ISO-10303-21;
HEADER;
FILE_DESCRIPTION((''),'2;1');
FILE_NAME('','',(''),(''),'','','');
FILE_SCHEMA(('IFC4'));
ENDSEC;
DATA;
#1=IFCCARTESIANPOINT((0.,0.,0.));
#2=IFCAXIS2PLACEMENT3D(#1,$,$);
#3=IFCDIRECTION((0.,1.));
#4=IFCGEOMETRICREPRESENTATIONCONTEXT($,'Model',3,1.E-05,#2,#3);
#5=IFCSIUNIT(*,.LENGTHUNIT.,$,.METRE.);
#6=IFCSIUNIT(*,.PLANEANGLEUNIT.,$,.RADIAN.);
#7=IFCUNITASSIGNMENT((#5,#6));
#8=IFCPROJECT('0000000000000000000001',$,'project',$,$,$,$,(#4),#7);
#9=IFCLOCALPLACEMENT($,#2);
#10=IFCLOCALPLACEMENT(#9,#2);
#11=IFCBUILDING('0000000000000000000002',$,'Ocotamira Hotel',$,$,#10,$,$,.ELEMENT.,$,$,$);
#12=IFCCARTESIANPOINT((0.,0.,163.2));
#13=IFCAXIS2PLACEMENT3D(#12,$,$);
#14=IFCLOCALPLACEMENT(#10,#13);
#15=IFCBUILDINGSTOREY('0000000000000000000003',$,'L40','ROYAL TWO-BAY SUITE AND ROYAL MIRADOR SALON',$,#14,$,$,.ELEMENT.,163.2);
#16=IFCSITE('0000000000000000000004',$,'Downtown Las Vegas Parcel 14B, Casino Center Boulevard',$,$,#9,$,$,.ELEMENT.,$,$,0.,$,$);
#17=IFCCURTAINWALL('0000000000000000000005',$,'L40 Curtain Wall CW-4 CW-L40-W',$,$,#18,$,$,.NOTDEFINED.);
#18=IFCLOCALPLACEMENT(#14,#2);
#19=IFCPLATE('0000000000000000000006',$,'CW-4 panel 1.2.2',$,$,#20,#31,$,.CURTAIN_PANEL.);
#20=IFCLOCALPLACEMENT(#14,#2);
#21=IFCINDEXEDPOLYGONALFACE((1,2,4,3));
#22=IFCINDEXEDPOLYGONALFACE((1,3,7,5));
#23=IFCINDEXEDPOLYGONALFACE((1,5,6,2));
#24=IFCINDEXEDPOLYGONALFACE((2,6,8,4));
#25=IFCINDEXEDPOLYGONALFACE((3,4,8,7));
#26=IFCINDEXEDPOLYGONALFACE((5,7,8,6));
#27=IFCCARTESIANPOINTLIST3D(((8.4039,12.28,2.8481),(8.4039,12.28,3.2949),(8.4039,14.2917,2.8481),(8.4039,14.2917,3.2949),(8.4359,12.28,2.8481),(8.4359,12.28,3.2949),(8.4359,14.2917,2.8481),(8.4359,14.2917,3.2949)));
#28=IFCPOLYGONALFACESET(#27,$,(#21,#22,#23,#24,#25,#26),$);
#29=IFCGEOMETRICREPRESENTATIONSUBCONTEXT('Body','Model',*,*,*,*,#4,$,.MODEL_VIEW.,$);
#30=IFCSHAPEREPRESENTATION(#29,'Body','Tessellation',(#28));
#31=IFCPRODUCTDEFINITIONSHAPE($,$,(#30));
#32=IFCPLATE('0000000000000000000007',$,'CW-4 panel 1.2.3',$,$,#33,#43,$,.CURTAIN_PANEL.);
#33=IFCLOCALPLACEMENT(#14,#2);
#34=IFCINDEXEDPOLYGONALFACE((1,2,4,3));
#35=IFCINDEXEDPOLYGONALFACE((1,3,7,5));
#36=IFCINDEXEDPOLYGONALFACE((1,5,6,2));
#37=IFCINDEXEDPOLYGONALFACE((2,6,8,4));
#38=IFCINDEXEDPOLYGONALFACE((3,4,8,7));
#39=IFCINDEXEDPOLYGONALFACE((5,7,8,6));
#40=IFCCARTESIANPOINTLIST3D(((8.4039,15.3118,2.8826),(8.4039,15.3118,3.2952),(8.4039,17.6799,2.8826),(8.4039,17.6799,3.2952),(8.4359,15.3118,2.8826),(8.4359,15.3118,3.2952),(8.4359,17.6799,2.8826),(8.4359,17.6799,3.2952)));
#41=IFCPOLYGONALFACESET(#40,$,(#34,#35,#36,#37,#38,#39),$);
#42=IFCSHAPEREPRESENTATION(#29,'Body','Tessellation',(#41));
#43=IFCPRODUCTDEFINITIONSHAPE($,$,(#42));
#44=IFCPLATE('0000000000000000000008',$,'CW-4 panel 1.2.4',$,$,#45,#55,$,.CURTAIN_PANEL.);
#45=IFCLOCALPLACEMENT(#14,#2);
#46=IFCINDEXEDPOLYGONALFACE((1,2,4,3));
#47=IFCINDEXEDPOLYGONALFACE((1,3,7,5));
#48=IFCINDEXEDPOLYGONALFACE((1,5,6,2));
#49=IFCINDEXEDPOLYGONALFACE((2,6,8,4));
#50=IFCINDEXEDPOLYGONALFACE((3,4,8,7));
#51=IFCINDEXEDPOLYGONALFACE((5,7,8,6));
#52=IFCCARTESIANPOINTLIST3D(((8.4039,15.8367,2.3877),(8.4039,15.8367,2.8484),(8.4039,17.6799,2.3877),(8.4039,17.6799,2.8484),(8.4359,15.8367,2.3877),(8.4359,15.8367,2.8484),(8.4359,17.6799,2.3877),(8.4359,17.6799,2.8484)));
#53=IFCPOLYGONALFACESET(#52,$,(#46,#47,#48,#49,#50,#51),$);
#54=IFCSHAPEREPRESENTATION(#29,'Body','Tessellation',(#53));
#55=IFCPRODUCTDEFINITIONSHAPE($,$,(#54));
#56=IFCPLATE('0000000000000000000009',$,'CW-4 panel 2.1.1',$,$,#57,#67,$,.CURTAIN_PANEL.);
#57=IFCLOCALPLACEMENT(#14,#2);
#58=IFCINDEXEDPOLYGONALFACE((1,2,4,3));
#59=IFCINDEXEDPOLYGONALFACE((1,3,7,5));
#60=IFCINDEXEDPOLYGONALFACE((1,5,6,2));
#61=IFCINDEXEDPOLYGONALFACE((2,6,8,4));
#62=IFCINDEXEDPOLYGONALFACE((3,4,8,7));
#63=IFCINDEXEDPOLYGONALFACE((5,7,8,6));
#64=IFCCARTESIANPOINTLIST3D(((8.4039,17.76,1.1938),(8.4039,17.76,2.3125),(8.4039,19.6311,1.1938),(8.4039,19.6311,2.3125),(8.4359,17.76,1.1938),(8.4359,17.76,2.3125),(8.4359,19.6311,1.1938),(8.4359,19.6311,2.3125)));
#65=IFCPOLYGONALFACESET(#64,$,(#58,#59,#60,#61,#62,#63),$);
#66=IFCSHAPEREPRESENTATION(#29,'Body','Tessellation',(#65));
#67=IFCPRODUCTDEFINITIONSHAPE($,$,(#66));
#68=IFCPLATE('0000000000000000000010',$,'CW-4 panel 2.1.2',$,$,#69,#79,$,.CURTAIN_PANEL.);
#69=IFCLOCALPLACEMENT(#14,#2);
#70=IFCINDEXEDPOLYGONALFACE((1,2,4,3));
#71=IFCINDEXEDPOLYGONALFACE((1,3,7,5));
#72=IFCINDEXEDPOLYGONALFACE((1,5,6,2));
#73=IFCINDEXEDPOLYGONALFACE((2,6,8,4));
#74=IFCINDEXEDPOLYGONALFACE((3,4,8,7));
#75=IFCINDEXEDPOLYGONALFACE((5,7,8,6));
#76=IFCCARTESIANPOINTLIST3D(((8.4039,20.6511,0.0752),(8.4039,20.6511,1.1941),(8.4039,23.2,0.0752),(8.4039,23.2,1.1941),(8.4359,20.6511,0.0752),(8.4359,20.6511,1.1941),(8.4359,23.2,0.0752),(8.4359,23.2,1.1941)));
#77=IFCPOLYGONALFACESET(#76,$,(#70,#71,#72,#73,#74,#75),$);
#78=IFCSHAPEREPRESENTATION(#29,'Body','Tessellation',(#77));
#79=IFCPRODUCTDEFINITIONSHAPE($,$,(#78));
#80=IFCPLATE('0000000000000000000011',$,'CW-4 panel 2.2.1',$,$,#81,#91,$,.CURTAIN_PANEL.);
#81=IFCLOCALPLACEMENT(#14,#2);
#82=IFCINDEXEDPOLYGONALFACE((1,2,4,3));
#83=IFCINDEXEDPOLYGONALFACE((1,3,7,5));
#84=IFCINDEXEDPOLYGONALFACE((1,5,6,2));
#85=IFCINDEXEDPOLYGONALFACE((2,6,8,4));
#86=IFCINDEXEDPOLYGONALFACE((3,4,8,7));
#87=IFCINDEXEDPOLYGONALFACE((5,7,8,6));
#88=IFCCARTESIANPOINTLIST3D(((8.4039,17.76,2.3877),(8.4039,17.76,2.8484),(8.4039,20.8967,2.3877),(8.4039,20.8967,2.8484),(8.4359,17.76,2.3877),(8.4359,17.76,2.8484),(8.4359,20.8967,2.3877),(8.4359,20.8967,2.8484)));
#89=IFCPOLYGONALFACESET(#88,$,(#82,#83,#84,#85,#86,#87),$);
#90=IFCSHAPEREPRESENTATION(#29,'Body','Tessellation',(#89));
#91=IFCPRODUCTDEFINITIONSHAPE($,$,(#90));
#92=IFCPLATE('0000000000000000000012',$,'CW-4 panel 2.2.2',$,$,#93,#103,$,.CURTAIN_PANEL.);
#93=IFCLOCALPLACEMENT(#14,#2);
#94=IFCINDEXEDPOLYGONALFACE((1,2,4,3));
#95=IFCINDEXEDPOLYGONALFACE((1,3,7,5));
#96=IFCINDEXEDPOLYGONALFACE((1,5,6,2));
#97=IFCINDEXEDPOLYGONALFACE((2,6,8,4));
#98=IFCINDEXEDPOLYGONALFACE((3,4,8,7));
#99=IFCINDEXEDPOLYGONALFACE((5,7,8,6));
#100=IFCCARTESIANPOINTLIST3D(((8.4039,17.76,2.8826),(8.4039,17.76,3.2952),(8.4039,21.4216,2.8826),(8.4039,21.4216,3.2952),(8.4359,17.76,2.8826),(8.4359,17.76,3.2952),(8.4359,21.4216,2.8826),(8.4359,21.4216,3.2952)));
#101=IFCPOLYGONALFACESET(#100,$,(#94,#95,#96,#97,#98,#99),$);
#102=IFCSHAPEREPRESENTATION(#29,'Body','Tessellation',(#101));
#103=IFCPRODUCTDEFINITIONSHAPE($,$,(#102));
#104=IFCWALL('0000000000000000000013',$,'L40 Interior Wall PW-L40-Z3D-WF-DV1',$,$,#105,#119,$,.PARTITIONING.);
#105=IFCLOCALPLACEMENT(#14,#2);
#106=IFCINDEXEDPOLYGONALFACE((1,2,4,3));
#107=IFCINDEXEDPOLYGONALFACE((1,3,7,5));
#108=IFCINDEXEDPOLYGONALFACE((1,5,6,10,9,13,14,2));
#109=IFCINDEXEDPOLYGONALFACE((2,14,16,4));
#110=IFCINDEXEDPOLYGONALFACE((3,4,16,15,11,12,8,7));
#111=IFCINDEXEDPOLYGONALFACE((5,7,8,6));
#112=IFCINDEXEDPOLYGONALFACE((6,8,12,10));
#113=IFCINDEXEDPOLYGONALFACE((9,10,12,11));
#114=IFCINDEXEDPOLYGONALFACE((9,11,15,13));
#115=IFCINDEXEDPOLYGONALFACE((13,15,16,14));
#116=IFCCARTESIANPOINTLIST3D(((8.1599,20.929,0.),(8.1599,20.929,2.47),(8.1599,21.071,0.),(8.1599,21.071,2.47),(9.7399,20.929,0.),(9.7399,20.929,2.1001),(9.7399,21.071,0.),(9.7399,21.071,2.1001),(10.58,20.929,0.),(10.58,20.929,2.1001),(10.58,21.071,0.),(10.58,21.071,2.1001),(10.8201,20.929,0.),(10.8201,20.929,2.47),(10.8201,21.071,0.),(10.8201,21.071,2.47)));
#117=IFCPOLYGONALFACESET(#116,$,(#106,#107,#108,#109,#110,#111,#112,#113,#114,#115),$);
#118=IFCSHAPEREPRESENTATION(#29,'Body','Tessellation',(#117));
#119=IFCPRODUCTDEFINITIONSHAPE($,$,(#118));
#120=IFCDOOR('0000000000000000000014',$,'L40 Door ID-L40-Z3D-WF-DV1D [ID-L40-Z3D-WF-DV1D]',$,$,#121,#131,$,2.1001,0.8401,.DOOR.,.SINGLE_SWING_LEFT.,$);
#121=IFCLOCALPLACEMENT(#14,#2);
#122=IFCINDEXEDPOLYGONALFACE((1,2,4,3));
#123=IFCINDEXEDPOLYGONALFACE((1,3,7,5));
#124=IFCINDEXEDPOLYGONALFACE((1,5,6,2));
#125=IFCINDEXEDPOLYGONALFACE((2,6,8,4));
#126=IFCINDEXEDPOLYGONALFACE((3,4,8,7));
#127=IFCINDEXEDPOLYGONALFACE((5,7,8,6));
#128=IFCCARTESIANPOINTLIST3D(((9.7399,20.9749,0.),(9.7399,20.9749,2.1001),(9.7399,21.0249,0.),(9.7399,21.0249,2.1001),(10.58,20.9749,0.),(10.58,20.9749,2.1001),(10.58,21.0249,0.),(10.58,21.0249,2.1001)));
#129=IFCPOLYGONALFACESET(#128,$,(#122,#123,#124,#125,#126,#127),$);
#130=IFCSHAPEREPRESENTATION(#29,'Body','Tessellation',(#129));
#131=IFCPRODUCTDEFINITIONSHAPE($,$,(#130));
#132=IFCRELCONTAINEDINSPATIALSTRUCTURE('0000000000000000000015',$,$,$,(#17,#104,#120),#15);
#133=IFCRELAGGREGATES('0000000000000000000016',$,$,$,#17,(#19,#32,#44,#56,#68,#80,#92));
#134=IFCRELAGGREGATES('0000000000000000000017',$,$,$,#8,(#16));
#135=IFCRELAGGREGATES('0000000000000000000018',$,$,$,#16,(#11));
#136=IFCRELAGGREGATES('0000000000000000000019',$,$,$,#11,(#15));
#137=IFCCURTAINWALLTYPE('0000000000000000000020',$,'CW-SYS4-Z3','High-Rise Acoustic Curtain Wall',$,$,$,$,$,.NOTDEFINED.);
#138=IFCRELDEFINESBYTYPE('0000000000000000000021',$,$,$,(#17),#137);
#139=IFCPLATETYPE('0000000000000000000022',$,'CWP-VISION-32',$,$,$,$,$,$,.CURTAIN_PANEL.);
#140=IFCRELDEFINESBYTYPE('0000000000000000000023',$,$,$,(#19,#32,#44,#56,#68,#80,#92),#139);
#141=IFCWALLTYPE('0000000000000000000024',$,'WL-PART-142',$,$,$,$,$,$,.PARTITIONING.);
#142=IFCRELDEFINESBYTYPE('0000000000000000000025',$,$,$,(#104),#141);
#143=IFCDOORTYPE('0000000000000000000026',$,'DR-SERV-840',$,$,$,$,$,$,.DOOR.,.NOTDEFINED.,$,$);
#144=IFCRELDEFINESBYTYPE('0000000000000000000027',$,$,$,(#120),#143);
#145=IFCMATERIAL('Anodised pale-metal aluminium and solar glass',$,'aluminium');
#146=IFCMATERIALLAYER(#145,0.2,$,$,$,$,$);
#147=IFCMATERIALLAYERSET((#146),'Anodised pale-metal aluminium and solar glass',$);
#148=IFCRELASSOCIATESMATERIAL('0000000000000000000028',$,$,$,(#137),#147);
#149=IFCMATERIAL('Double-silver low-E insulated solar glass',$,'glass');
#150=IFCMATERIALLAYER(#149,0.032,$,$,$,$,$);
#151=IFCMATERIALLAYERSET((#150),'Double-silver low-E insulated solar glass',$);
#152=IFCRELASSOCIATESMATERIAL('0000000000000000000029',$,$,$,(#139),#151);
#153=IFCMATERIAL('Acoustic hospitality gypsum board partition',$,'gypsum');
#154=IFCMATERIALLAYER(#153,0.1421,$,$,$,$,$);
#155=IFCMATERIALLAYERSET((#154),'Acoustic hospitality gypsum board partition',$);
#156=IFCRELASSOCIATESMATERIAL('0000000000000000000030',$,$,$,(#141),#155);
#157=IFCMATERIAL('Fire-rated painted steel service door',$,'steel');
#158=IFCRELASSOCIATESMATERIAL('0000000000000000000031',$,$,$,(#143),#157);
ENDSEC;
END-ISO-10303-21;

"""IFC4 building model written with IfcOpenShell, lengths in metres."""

from ifc_helpers import new_model, si_unit, direction, frame, frame_2d, origin, origin_2d, place, context, subcontext, project, spatial, rectangle, extrude, source, transform, mapped, material, layer, layer_set, type_object, element, fill, aggregate, save


model = new_model("IFC4")

# Units and contexts
model_context = context("Model", 3, precision=1e-05, world=origin(), true_north=direction((0.0, 1.0)))
body_context = subcontext(model_context, "Body", "Model", "MODEL_VIEW")
ifc_project = project(units=[si_unit("LENGTHUNIT", "METRE"), si_unit("PLANEANGLEUNIT", "RADIAN")], contexts=[model_context])

# Site, building, storey
site_placement = place(None, origin())
site = spatial("IfcSite", under=ifc_project, at=site_placement, Name="Downtown Las Vegas Parcel 14B, Casino Center Boulevard", CompositionType="ELEMENT", RefElevation=0.0)
building_placement = place(site_placement, origin())
building = spatial("IfcBuilding", under=site, at=building_placement, Name="Ocotamira Hotel", CompositionType="ELEMENT")
storey_placement = place(building_placement, frame((0.0, 0.0, 163.2)))
storey = spatial("IfcBuildingStorey", under=building, at=storey_placement, Name="L40", Description="ROYAL TWO-BAY SUITE AND ROYAL MIRADOR SALON", CompositionType="ELEMENT", Elevation=163.2)

# Curtain wall
ifc_material_1 = material(Name="Anodised pale-metal aluminium and solar glass", Category="aluminium")
ifc_layer_1 = layer(ifc_material_1, 0.2)
ifc_layer_set_1 = layer_set([ifc_layer_1], Name="Anodised pale-metal aluminium and solar glass")
curtain_wall_type = type_object("IfcCurtainWallType", Name="CW-SYS4-Z3", Description="High-Rise Acoustic Curtain Wall", PredefinedType="NOTDEFINED", material=ifc_layer_set_1)
curtain_wall_placement = place(storey_placement, origin())
curtain_wall = element("IfcCurtainWall", 1, at=curtain_wall_placement, inside=storey, type_object=curtain_wall_type, Name="L40 Curtain Wall CW-4 CW-L40-W", PredefinedType="NOTDEFINED")

# Plates
ifc_material_2 = material(Name="Double-silver low-E insulated solar glass", Category="glass")
ifc_layer_2 = layer(ifc_material_2, 0.032)
ifc_layer_set_2 = layer_set([ifc_layer_2], Name="Double-silver low-E insulated solar glass")
plate_type_1 = type_object("IfcPlateType", Name="CWP-VISION-32", PredefinedType="CURTAIN_PANEL", material=ifc_layer_set_2)
shared_shape_1 = source(origin(), body_context, "Body", "SweptSolid", [
    extrude(rectangle(XDim=2.0117, YDim=0.032, at=origin_2d()), origin(), (0.0, 0.0, 1.0), 0.4468),
])
plate_1_placement = place(storey_placement, frame((8.4199, 13.2859, 2.8481), z_axis=(0.0, 0.0, 1.0), x_axis=(0.0, 1.0, 0.0)))
plate_1 = element("IfcPlate", 2, at=plate_1_placement, type_object=plate_type_1, Name="CW-4 panel 1.2.2", PredefinedType="CURTAIN_PANEL", context=body_context, shape_type="MappedRepresentation", body=[
    mapped(shared_shape_1, transform((0.0, 0.0, 0.0), scale=1.0)),
])
shared_shape_2 = source(origin(), body_context, "Body", "SweptSolid", [
    extrude(rectangle(XDim=2.3682, YDim=0.032, at=origin_2d()), origin(), (0.0, 0.0, 1.0), 0.4126),
])
plate_2_placement = place(storey_placement, frame((8.4199, 16.4958, 2.8826), z_axis=(0.0, 0.0, 1.0), x_axis=(0.0, 1.0, 0.0)))
plate_2 = element("IfcPlate", 3, at=plate_2_placement, type_object=plate_type_1, Name="CW-4 panel 1.2.3", PredefinedType="CURTAIN_PANEL", context=body_context, shape_type="MappedRepresentation", body=[
    mapped(shared_shape_2, transform((0.0, 0.0, 0.0), scale=1.0)),
])
shared_shape_3 = source(origin(), body_context, "Body", "SweptSolid", [
    extrude(rectangle(XDim=1.8433, YDim=0.032, at=origin_2d()), origin(), (0.0, 0.0, 1.0), 0.4607),
])
plate_3_placement = place(storey_placement, frame((8.4199, 16.7583, 2.3877), z_axis=(0.0, 0.0, 1.0), x_axis=(0.0, 1.0, 0.0)))
plate_3 = element("IfcPlate", 4, at=plate_3_placement, type_object=plate_type_1, Name="CW-4 panel 1.2.4", PredefinedType="CURTAIN_PANEL", context=body_context, shape_type="MappedRepresentation", body=[
    mapped(shared_shape_3, transform((0.0, 0.0, 0.0), scale=1.0)),
])
shared_shape_4 = source(origin(), body_context, "Body", "SweptSolid", [
    extrude(rectangle(XDim=1.8711, YDim=0.032, at=origin_2d()), origin(), (0.0, 0.0, 1.0), 1.1187),
])
plate_4_placement = place(storey_placement, frame((8.4199, 18.6956, 1.1938), z_axis=(0.0, 0.0, 1.0), x_axis=(0.0, 1.0, 0.0)))
plate_4 = element("IfcPlate", 5, at=plate_4_placement, type_object=plate_type_1, Name="CW-4 panel 2.1.1", PredefinedType="CURTAIN_PANEL", context=body_context, shape_type="MappedRepresentation", body=[
    mapped(shared_shape_4, transform((0.0, 0.0, 0.0), scale=1.0)),
])
shared_shape_5 = source(origin(), body_context, "Body", "SweptSolid", [
    extrude(rectangle(XDim=2.5488, YDim=0.032, at=origin_2d()), origin(), (0.0, 0.0, 1.0), 1.1189),
])
plate_5_placement = place(storey_placement, frame((8.4199, 21.9255, 0.0752), z_axis=(0.0, 0.0, 1.0), x_axis=(0.0, 1.0, 0.0)))
plate_5 = element("IfcPlate", 6, at=plate_5_placement, type_object=plate_type_1, Name="CW-4 panel 2.1.2", PredefinedType="CURTAIN_PANEL", context=body_context, shape_type="MappedRepresentation", body=[
    mapped(shared_shape_5, transform((0.0, 0.0, 0.0), scale=1.0)),
])
shared_shape_6 = source(origin(), body_context, "Body", "SweptSolid", [
    extrude(rectangle(XDim=3.1367, YDim=0.032, at=origin_2d()), origin(), (0.0, 0.0, 1.0), 0.4607),
])
plate_6_placement = place(storey_placement, frame((8.4199, 19.3284, 2.3877), z_axis=(0.0, 0.0, 1.0), x_axis=(0.0, 1.0, 0.0)))
plate_6 = element("IfcPlate", 7, at=plate_6_placement, type_object=plate_type_1, Name="CW-4 panel 2.2.1", PredefinedType="CURTAIN_PANEL", context=body_context, shape_type="MappedRepresentation", body=[
    mapped(shared_shape_6, transform((0.0, 0.0, 0.0), scale=1.0)),
])
shared_shape_7 = source(origin(), body_context, "Body", "SweptSolid", [
    extrude(rectangle(XDim=3.6616, YDim=0.032, at=origin_2d()), origin(), (0.0, 0.0, 1.0), 0.4126),
])
plate_7_placement = place(storey_placement, frame((8.4199, 19.5908, 2.8826), z_axis=(0.0, 0.0, 1.0), x_axis=(0.0, 1.0, 0.0)))
plate_7 = element("IfcPlate", 8, at=plate_7_placement, type_object=plate_type_1, Name="CW-4 panel 2.2.2", PredefinedType="CURTAIN_PANEL", context=body_context, shape_type="MappedRepresentation", body=[
    mapped(shared_shape_7, transform((0.0, 0.0, 0.0), scale=1.0)),
])
aggregate(curtain_wall, [plate_1, plate_2, plate_3, plate_4, plate_5, plate_6, plate_7])

# Wall, opening, door
ifc_material_3 = material(Name="Acoustic hospitality gypsum board partition", Category="gypsum")
ifc_layer_3 = layer(ifc_material_3, 0.1421)
ifc_layer_set_3 = layer_set([ifc_layer_3], Name="Acoustic hospitality gypsum board partition")
wall_type_1 = type_object("IfcWallType", Name="WL-PART-142", PredefinedType="PARTITIONING", material=ifc_layer_set_3)
wall_1_placement = place(storey_placement, frame((8.1599, 21.0, 0.0), z_axis=(0.0, 0.0, 1.0), x_axis=(1.0, 0.0, 0.0)))
wall_1 = element("IfcWall", 9, at=wall_1_placement, inside=storey, type_object=wall_type_1, Name="L40 Interior Wall PW-L40-Z3D-WF-DV1", PredefinedType="PARTITIONING", context=body_context, shape_type="SweptSolid", body=[
    extrude(rectangle(XDim=2.6602, YDim=0.1421, at=frame_2d((1.3301, 0.0))), origin(), (0.0, 0.0, 1.0), 2.47),
])
opening_1_placement = place(wall_1_placement, frame((1.5801, 0.0, 0.0)))
opening_1 = element("IfcOpeningElement", 10, at=opening_1_placement, cuts=wall_1, PredefinedType="OPENING", context=body_context, shape_type="SweptSolid", body=[
    extrude(rectangle(XDim=0.8401, YDim=2.1001, at=frame_2d((0.4199, 1.05))), frame((0.0, 0.0811, 0.0), z_axis=(0.0, -1.0, 0.0), x_axis=(1.0, 0.0, 0.0)), (0.0, 0.0, 1.0), 0.1621),
])
ifc_material_4 = material(Name="Fire-rated painted steel service door", Category="steel")
door_type_1 = type_object("IfcDoorType", Name="DR-SERV-840", OperationType="NOTDEFINED", PredefinedType="DOOR", material=ifc_material_4)
shared_shape_8 = source(origin(), body_context, "Body", "SweptSolid", [
    extrude(rectangle(XDim=0.8401, YDim=2.1001, at=frame_2d((0.4199, 1.05))), frame((0.0, 0.0249, 0.0), z_axis=(0.0, -1.0, 0.0), x_axis=(1.0, 0.0, 0.0)), (0.0, 0.0, 1.0), 0.05),
])
door_1_placement = place(opening_1_placement, origin())
door_1 = element("IfcDoor", 11, at=door_1_placement, inside=storey, type_object=door_type_1, Name="L40 Door ID-L40-Z3D-WF-DV1D [ID-L40-Z3D-WF-DV1D]", OperationType="SINGLE_SWING_LEFT", OverallHeight=2.1001, OverallWidth=0.8401, PredefinedType="DOOR", context=body_context, shape_type="MappedRepresentation", body=[
    mapped(shared_shape_8, transform((0.0, 0.0, 0.0), scale=1.0)),
])
fill(opening_1, door_1)

save(model, "model.ifc")
